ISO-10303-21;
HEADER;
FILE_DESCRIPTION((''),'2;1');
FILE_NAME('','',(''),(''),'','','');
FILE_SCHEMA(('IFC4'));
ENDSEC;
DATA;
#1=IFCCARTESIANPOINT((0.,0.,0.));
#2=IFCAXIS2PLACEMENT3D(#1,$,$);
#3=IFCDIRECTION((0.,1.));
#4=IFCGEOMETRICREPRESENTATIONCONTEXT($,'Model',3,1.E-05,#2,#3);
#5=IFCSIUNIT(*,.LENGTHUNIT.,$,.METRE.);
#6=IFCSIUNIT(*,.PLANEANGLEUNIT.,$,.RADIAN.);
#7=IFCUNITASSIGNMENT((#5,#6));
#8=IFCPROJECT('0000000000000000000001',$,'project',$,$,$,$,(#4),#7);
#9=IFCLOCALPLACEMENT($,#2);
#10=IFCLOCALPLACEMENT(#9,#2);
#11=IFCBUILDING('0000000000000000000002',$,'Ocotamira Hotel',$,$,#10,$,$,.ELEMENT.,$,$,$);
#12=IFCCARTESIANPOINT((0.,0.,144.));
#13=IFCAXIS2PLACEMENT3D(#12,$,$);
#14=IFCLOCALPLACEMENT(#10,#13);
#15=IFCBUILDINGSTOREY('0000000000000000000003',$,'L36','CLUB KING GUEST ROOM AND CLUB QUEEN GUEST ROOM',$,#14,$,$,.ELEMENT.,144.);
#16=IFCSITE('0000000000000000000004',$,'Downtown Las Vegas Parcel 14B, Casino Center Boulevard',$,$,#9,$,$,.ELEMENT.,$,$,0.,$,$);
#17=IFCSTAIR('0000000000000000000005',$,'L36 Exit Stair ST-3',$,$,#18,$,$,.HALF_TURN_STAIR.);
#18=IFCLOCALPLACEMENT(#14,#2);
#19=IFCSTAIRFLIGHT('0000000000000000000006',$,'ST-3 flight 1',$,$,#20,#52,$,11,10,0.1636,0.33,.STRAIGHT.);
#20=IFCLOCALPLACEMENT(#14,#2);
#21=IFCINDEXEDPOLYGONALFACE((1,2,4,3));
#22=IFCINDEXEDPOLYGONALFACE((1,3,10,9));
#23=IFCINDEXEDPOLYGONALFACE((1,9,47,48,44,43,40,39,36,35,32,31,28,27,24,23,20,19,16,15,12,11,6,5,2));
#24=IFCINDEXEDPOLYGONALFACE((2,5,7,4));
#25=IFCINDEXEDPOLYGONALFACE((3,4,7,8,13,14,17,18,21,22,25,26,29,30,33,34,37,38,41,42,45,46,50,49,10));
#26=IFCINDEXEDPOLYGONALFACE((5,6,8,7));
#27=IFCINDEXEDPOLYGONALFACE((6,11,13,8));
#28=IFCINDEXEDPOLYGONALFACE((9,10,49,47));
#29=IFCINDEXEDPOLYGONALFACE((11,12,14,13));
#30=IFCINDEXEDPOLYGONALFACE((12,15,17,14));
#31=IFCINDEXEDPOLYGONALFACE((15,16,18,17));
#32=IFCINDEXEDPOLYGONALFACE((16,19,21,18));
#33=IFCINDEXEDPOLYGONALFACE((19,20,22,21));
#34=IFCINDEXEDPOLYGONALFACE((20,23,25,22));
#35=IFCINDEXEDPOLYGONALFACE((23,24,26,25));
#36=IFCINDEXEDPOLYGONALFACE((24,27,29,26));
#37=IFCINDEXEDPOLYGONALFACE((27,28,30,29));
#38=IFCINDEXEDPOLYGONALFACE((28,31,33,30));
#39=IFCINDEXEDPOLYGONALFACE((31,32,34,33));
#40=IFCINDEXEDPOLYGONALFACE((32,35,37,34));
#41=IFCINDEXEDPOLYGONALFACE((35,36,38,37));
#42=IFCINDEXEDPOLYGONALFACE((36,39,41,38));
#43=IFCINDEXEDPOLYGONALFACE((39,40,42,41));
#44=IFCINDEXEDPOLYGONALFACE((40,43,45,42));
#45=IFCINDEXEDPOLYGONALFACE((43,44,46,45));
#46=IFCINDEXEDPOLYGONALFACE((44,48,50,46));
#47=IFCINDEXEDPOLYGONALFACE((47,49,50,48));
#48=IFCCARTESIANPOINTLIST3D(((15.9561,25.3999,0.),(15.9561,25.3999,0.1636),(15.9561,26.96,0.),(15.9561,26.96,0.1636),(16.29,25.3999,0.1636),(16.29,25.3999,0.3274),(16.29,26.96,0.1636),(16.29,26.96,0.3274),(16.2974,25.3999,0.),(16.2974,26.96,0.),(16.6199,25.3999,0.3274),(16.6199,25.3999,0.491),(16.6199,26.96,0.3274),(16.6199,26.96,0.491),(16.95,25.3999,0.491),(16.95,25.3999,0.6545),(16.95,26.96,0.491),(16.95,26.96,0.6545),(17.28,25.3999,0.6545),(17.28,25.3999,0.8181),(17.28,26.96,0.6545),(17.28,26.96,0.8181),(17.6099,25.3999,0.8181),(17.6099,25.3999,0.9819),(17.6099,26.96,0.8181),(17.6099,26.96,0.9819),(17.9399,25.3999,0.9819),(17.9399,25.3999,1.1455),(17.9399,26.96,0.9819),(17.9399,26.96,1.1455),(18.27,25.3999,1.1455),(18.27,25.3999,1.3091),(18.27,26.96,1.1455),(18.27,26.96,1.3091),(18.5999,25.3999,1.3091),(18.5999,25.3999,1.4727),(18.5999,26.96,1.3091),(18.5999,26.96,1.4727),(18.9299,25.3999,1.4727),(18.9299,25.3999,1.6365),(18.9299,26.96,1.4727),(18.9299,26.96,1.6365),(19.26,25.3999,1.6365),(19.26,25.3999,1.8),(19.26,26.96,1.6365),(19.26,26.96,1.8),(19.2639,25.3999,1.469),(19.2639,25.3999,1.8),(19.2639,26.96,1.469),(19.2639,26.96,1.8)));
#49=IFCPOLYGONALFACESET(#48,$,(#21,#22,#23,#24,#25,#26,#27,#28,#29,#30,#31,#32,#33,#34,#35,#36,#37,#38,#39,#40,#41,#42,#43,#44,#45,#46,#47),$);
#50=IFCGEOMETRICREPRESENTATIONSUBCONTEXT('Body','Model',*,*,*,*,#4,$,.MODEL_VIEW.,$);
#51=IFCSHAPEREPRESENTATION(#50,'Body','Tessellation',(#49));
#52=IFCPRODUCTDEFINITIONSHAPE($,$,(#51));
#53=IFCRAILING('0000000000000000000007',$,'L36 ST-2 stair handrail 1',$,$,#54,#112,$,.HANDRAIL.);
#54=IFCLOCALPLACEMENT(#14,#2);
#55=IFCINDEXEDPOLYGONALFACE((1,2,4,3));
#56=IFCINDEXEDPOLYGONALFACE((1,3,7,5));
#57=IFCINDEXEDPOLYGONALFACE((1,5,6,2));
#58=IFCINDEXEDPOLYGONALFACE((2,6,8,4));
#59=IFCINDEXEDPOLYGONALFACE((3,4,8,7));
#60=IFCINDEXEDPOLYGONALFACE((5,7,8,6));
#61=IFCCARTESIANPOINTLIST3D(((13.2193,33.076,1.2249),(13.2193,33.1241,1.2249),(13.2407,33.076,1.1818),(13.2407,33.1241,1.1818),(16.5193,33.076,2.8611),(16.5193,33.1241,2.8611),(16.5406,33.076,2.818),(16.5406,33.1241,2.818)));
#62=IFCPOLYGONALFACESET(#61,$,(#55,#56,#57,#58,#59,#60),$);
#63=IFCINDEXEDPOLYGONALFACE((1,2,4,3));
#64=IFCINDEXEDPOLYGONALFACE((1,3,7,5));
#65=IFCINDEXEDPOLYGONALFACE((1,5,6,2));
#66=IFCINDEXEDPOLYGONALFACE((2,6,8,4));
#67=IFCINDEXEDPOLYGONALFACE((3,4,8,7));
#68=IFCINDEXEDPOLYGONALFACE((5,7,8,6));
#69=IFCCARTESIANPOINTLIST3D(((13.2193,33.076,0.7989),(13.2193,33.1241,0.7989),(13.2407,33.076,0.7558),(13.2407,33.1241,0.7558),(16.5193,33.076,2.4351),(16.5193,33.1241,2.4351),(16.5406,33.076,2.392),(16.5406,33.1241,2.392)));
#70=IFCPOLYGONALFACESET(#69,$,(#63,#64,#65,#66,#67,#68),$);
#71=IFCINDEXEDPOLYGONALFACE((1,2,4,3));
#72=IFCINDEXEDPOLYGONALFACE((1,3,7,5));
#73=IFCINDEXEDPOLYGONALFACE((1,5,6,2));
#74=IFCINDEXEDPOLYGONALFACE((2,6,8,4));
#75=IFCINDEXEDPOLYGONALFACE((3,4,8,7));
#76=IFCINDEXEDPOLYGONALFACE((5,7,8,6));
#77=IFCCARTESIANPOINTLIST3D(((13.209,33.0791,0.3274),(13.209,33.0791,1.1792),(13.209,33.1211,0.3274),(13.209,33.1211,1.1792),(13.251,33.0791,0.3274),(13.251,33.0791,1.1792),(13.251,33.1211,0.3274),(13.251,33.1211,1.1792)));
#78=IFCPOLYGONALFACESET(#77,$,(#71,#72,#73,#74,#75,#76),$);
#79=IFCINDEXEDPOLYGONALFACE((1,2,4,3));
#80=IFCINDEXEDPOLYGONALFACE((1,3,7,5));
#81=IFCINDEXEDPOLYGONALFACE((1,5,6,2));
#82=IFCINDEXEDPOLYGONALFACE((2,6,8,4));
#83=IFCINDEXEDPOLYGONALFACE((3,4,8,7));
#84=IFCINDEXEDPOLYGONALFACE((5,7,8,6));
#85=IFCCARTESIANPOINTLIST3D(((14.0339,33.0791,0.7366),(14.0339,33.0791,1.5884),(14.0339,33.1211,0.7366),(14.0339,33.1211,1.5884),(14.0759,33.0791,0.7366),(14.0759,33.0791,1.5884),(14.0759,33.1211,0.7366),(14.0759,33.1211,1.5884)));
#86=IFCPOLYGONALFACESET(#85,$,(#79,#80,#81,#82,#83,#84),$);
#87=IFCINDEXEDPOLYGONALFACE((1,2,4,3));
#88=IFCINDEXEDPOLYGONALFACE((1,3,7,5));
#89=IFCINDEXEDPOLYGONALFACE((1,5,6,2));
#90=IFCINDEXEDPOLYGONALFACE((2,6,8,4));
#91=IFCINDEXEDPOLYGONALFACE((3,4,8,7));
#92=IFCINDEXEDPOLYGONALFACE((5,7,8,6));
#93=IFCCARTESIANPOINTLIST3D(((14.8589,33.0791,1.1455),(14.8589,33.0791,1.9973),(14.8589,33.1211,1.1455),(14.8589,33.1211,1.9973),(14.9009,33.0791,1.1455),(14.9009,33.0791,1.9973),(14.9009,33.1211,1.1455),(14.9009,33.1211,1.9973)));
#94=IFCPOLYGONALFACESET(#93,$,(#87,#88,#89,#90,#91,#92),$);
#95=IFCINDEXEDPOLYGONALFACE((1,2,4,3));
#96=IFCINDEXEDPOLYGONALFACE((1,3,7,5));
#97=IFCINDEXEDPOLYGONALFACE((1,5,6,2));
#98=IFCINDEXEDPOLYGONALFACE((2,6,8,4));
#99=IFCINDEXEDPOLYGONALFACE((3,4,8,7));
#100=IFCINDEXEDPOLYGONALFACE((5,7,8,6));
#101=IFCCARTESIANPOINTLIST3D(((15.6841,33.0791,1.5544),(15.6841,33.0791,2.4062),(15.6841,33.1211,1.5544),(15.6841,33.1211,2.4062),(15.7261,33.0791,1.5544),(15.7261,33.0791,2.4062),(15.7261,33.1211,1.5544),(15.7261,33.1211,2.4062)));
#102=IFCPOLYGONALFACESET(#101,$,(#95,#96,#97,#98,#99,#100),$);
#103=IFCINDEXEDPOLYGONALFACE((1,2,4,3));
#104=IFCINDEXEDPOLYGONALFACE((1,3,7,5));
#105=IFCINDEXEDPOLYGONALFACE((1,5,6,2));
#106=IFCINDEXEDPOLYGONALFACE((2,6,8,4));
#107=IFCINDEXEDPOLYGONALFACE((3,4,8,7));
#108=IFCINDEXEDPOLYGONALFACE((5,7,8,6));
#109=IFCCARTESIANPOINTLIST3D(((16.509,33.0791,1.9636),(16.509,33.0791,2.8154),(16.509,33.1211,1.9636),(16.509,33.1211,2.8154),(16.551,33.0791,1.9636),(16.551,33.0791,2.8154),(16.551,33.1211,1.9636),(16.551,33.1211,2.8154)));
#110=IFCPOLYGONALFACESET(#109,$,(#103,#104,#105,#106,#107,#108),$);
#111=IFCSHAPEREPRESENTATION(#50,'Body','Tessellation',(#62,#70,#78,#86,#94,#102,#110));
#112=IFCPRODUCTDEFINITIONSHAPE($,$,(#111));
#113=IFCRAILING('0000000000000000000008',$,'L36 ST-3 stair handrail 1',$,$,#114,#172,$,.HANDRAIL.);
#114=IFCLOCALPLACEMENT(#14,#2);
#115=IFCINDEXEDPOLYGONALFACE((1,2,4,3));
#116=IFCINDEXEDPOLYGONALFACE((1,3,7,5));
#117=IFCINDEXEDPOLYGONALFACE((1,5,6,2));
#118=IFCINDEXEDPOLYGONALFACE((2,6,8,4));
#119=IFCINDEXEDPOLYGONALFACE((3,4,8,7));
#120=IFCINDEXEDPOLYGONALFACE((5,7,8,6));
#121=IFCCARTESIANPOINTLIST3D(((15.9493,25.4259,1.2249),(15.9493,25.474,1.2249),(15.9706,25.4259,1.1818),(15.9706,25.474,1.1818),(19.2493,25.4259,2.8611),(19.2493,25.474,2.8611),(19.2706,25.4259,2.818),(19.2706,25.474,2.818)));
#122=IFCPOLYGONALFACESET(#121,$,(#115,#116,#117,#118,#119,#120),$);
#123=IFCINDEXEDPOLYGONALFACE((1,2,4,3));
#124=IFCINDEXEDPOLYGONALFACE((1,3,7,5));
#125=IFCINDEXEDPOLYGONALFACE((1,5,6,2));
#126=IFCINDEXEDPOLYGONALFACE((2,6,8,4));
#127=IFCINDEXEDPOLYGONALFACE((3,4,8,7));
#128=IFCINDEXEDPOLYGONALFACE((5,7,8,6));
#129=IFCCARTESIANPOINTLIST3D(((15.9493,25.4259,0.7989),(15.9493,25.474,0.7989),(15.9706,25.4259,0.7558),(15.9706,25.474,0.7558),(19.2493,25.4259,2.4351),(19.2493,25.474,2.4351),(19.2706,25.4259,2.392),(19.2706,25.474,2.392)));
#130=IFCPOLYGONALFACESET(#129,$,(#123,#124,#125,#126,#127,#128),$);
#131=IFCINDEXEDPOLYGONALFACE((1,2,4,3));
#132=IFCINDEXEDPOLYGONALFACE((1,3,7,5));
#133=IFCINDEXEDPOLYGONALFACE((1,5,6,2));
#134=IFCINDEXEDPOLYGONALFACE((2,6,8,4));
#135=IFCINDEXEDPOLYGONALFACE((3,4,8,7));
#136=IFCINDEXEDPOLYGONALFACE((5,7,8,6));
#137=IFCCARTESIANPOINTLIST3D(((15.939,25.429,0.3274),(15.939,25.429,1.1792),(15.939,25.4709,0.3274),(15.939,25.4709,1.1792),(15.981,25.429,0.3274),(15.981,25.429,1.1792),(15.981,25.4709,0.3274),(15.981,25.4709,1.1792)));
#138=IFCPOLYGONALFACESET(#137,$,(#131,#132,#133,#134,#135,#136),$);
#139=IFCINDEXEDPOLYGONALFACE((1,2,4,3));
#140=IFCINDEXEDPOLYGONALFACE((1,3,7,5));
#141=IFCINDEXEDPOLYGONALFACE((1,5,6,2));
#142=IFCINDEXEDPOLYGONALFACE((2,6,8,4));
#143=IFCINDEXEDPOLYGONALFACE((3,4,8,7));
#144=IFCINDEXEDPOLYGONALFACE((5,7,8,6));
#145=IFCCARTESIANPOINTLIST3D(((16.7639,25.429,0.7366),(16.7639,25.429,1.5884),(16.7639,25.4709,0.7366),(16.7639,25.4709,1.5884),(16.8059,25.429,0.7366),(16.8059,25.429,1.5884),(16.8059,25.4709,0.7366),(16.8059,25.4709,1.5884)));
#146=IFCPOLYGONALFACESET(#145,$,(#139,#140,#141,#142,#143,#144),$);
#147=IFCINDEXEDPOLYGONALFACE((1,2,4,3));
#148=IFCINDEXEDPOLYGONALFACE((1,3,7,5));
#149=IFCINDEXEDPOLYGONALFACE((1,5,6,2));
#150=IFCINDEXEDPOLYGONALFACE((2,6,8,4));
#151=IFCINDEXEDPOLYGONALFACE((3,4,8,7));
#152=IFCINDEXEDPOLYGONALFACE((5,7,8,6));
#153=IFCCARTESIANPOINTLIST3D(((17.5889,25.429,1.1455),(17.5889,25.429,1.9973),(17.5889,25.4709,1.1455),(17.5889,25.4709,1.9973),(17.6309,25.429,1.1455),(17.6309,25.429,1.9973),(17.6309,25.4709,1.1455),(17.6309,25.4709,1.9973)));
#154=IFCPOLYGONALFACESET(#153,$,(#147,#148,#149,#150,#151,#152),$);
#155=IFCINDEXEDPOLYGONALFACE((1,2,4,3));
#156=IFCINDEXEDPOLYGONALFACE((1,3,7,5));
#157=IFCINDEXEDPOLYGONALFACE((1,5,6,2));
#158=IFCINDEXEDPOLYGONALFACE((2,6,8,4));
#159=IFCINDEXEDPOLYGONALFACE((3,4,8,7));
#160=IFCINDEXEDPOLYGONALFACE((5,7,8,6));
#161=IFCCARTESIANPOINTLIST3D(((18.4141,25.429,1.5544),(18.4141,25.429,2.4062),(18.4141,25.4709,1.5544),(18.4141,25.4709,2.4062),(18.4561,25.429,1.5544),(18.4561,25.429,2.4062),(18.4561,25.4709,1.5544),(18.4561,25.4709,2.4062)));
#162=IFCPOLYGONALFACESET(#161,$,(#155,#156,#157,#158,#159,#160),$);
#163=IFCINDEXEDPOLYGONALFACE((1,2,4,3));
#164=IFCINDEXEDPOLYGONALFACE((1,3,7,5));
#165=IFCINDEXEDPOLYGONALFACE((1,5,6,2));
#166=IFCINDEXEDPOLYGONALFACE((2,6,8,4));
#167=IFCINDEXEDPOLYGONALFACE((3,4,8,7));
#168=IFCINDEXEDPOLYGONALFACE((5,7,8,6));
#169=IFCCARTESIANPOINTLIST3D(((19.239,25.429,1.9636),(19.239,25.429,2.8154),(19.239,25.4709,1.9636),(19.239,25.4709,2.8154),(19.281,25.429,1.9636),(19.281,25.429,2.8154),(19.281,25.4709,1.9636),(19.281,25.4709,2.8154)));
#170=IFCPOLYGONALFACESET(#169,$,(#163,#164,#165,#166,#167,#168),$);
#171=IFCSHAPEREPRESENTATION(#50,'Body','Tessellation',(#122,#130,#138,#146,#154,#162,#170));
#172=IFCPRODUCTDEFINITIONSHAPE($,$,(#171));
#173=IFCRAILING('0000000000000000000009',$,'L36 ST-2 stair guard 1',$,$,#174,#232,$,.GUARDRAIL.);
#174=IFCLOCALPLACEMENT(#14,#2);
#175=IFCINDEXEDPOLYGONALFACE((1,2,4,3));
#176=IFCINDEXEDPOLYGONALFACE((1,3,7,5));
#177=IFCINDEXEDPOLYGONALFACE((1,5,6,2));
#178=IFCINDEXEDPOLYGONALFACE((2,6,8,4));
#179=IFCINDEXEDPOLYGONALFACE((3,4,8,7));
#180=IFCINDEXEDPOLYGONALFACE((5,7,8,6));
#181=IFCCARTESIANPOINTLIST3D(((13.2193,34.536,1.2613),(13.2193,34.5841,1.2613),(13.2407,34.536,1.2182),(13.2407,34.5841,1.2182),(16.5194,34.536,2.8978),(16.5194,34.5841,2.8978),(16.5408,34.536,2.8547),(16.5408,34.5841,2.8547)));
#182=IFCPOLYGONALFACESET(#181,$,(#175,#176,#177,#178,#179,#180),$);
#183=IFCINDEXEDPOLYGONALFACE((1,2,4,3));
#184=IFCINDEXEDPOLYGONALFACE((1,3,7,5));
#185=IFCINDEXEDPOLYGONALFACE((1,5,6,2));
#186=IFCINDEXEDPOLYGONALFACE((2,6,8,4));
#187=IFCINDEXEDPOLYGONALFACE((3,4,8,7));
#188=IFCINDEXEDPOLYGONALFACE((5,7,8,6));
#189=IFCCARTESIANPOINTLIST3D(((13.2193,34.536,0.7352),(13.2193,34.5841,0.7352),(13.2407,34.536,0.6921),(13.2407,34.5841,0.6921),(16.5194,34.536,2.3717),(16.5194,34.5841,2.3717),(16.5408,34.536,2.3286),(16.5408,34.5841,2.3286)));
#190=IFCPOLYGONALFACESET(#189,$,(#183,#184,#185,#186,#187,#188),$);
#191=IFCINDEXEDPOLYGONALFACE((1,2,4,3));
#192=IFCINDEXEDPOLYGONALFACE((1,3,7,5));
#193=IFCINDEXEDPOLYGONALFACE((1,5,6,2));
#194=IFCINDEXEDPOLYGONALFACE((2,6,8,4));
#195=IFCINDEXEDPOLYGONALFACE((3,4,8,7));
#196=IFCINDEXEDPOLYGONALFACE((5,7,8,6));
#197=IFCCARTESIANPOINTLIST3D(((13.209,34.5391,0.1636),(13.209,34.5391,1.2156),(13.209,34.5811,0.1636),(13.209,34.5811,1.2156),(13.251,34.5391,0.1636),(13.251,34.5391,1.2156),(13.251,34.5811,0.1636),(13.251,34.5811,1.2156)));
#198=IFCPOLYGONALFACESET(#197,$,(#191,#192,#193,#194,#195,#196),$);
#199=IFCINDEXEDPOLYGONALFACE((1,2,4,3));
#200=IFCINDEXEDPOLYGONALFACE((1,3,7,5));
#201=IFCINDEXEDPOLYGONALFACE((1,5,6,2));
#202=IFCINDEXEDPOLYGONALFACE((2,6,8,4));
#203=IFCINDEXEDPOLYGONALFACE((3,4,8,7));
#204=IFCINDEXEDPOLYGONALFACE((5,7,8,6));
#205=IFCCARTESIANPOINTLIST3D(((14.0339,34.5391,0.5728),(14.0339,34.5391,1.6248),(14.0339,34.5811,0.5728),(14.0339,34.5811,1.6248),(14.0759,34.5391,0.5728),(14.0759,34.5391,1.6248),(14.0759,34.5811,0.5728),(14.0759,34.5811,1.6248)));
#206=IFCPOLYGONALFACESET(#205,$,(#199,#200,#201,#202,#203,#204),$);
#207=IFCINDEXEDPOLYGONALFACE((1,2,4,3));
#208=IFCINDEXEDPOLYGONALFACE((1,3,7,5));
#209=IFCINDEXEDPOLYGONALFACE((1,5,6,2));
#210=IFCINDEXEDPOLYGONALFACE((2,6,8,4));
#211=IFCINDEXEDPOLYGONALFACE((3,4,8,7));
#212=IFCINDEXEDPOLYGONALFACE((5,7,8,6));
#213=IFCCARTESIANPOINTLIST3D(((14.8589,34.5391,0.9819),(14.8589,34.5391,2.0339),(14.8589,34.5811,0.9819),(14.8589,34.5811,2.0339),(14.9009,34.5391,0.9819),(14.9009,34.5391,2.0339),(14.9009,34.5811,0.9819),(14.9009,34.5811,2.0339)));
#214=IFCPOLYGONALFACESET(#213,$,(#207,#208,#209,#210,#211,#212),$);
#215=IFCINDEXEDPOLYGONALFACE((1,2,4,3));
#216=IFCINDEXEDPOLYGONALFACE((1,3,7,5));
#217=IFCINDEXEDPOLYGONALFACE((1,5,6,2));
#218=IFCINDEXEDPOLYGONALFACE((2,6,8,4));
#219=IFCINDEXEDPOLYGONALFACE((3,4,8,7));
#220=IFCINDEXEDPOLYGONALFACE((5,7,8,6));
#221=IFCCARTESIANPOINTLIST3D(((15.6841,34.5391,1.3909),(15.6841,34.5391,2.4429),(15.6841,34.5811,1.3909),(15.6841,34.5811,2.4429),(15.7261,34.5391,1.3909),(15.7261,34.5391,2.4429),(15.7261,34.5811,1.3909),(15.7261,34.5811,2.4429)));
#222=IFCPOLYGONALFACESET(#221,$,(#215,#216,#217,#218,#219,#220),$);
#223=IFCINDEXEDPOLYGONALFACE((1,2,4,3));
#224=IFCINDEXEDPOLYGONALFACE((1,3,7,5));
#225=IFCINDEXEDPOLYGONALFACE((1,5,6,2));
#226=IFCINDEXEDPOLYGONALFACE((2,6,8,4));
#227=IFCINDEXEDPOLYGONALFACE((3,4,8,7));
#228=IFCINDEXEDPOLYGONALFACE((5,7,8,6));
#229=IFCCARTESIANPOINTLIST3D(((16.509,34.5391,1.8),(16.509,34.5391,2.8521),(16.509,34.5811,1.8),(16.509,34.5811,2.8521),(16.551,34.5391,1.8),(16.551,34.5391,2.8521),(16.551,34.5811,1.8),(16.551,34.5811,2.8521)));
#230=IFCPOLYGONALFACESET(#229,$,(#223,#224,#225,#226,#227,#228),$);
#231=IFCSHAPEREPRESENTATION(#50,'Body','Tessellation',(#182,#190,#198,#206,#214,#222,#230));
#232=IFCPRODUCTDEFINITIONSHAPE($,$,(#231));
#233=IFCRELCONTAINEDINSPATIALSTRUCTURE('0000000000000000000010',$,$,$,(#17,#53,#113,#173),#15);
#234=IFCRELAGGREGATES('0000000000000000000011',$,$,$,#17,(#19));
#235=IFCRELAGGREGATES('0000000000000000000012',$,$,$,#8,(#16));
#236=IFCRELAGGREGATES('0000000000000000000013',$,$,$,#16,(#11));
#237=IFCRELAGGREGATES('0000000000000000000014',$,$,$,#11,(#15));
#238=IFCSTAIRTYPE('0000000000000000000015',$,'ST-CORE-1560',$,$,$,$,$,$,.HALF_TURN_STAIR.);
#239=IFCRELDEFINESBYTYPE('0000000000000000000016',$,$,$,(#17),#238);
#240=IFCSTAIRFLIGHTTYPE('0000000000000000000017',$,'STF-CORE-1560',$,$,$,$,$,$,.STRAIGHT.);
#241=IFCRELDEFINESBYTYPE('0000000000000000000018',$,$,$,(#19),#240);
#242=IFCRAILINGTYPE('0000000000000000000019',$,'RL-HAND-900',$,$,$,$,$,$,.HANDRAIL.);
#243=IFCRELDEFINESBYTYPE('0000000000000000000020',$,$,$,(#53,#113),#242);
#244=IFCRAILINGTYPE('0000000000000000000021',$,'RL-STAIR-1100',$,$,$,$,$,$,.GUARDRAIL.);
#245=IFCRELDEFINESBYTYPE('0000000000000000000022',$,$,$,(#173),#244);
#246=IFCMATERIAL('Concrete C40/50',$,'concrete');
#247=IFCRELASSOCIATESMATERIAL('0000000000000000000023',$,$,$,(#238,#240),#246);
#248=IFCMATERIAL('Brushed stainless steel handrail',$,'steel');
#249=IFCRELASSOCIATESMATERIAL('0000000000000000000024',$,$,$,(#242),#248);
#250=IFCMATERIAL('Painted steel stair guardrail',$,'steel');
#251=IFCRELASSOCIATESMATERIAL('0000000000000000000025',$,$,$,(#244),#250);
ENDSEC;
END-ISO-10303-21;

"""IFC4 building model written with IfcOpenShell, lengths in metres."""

from ifc_helpers import new_model, si_unit, direction, frame, origin, origin_2d, place, context, subcontext, project, spatial, polyline, rectangle, outline, extrude, source, transform, mapped, material, type_object, element, aggregate, save


model = new_model("IFC4")

# Units and contexts
model_context = context("Model", 3, precision=1e-05, world=origin(), true_north=direction((0.0, 1.0)))
body_context = subcontext(model_context, "Body", "Model", "MODEL_VIEW")
ifc_project = project(units=[si_unit("LENGTHUNIT", "METRE"), si_unit("PLANEANGLEUNIT", "RADIAN")], contexts=[model_context])

# Site, building, storey
site_placement = place(None, origin())
site = spatial("IfcSite", under=ifc_project, at=site_placement, Name="Downtown Las Vegas Parcel 14B, Casino Center Boulevard", CompositionType="ELEMENT", RefElevation=0.0)
building_placement = place(site_placement, origin())
building = spatial("IfcBuilding", under=site, at=building_placement, Name="Ocotamira Hotel", CompositionType="ELEMENT")
storey_placement = place(building_placement, frame((0.0, 0.0, 144.0)))
storey = spatial("IfcBuildingStorey", under=building, at=storey_placement, Name="L36", Description="CLUB KING GUEST ROOM AND CLUB QUEEN GUEST ROOM", CompositionType="ELEMENT", Elevation=144.0)

# Shared definitions
ifc_material_1 = material(Name="Concrete C40/50", Category="concrete")
stair_type = type_object("IfcStairType", Name="ST-CORE-1560", PredefinedType="HALF_TURN_STAIR", material=ifc_material_1)
stair_flight_type = type_object("IfcStairFlightType", Name="STF-CORE-1560", PredefinedType="STRAIGHT", material=ifc_material_1)
shared_shape_1 = source(origin(), body_context, "Body", "SweptSolid", [
    extrude(outline(polyline([(-0.0039, 0.0), (-0.0039, 0.1636), (0.3301, 0.1636), (0.3301, 0.3274), (0.6599, 0.3274), (0.6599, 0.491), (0.99, 0.491), (0.99, 0.6545), (1.3201, 0.6545), (1.3201, 0.8181), (1.6499, 0.8181), (1.6499, 0.9819), (1.98, 0.9819), (1.98, 1.1455), (2.3101, 1.1455), (2.3101, 1.3091), (2.6399, 1.3091), (2.6399, 1.4727), (2.97, 1.4727), (2.97, 1.6365), (3.3, 1.6365), (3.3, 1.8), (3.304, 1.8), (3.304, 1.469), (0.3374, 0.0), (-0.0039, 0.0)])), frame((0.0, 0.78, 0.0), z_axis=(0.0, -1.0, 0.0), x_axis=(1.0, 0.0, 0.0)), (0.0, 0.0, 1.0), 1.5601),
])

# Stair, stair flight
stair_1_placement = place(storey_placement, origin())
stair_1 = element("IfcStair", 1, at=stair_1_placement, inside=storey, type_object=stair_type, Name="L36 Exit Stair ST-3", PredefinedType="HALF_TURN_STAIR")
stair_flight_1_placement = place(storey_placement, frame((15.96, 26.1799, 0.0), z_axis=(0.0, 0.0, 1.0), x_axis=(1.0, 0.0, 0.0)))
stair_flight_1 = element("IfcStairFlight", 2, at=stair_flight_1_placement, type_object=stair_flight_type, Name="ST-3 flight 1", NumberOfRisers=11, NumberOfTreads=10, PredefinedType="STRAIGHT", RiserHeight=0.1636, TreadLength=0.33, context=body_context, shape_type="MappedRepresentation", body=[
    mapped(shared_shape_1, transform((0.0, 0.0, 0.0), scale=1.0)),
])
aggregate(stair_1, [stair_flight_1])

# Railings
ifc_material_2 = material(Name="Brushed stainless steel handrail", Category="steel")
railing_type_1 = type_object("IfcRailingType", Name="RL-HAND-900", PredefinedType="HANDRAIL", material=ifc_material_2)
for number, where, name in (
    (3, (13.23, 33.1001, 0.3274), "L36 ST-2 stair handrail 1"),
    (4, (15.96, 25.45, 0.3274), "L36 ST-3 stair handrail 1"),
):
    element("IfcRailing", number, at=place(storey_placement, frame(where)), inside=storey, type_object=railing_type_1, Name=name, PredefinedType="HANDRAIL", context=body_context, shape_type="SweptSolid", body=[
        extrude(rectangle(XDim=0.0481, YDim=0.0481, at=origin_2d()), frame((0.0, 0.0, 0.876), z_axis=(0.89592, 0.0, 0.444215), x_axis=(0.0, 1.0, 0.0)), (0.0, 0.0, 1.0), 3.6833),
        extrude(rectangle(XDim=0.0481, YDim=0.0481, at=origin_2d()), frame((0.0, 0.0, 0.45), z_axis=(0.89592, 0.0, 0.444215), x_axis=(0.0, 1.0, 0.0)), (0.0, 0.0, 1.0), 3.6833),
        extrude(rectangle(XDim=0.042, YDim=0.042, at=origin_2d()), origin(), (0.0, 0.0, 1.0), 0.8518),
        extrude(rectangle(XDim=0.042, YDim=0.042, at=origin_2d()), frame((0.825, 0.0, 0.4092)), (0.0, 0.0, 1.0), 0.8518),
        extrude(rectangle(XDim=0.042, YDim=0.042, at=origin_2d()), frame((1.6499, 0.0, 0.8181)), (0.0, 0.0, 1.0), 0.8518),
        extrude(rectangle(XDim=0.042, YDim=0.042, at=origin_2d()), frame((2.4751, 0.0, 1.2271)), (0.0, 0.0, 1.0), 0.8518),
        extrude(rectangle(XDim=0.042, YDim=0.042, at=origin_2d()), frame((3.3, 0.0, 1.6362)), (0.0, 0.0, 1.0), 0.8518),
    ])
ifc_material_3 = material(Name="Painted steel stair guardrail", Category="steel")
railing_type_2 = type_object("IfcRailingType", Name="RL-STAIR-1100", PredefinedType="GUARDRAIL", material=ifc_material_3)
railing_1_placement = place(storey_placement, frame((13.23, 34.5601, 0.1636)))
element("IfcRailing", 5, at=railing_1_placement, inside=storey, type_object=railing_type_2, Name="L36 ST-2 stair guard 1", PredefinedType="GUARDRAIL", context=body_context, shape_type="SweptSolid", body=[
    extrude(rectangle(XDim=0.0481, YDim=0.0481, at=origin_2d()), frame((0.0, 0.0, 1.0762), z_axis=(0.895894, 0.0, 0.444268), x_axis=(0.0, 1.0, 0.0)), (0.0, 0.0, 1.0), 3.6836),
    extrude(rectangle(XDim=0.0481, YDim=0.0481, at=origin_2d()), frame((0.0, 0.0, 0.55), z_axis=(0.895894, 0.0, 0.444268), x_axis=(0.0, 1.0, 0.0)), (0.0, 0.0, 1.0), 3.6836),
    extrude(rectangle(XDim=0.042, YDim=0.042, at=origin_2d()), origin(), (0.0, 0.0, 1.0), 1.052),
    extrude(rectangle(XDim=0.042, YDim=0.042, at=origin_2d()), frame((0.825, 0.0, 0.4092)), (0.0, 0.0, 1.0), 1.052),
    extrude(rectangle(XDim=0.042, YDim=0.042, at=origin_2d()), frame((1.6499, 0.0, 0.8184)), (0.0, 0.0, 1.0), 1.052),
    extrude(rectangle(XDim=0.042, YDim=0.042, at=origin_2d()), frame((2.4751, 0.0, 1.2273)), (0.0, 0.0, 1.0), 1.052),
    extrude(rectangle(XDim=0.042, YDim=0.042, at=origin_2d()), frame((3.3, 0.0, 1.6365)), (0.0, 0.0, 1.0), 1.052),
])

save(model, "model.ifc")
